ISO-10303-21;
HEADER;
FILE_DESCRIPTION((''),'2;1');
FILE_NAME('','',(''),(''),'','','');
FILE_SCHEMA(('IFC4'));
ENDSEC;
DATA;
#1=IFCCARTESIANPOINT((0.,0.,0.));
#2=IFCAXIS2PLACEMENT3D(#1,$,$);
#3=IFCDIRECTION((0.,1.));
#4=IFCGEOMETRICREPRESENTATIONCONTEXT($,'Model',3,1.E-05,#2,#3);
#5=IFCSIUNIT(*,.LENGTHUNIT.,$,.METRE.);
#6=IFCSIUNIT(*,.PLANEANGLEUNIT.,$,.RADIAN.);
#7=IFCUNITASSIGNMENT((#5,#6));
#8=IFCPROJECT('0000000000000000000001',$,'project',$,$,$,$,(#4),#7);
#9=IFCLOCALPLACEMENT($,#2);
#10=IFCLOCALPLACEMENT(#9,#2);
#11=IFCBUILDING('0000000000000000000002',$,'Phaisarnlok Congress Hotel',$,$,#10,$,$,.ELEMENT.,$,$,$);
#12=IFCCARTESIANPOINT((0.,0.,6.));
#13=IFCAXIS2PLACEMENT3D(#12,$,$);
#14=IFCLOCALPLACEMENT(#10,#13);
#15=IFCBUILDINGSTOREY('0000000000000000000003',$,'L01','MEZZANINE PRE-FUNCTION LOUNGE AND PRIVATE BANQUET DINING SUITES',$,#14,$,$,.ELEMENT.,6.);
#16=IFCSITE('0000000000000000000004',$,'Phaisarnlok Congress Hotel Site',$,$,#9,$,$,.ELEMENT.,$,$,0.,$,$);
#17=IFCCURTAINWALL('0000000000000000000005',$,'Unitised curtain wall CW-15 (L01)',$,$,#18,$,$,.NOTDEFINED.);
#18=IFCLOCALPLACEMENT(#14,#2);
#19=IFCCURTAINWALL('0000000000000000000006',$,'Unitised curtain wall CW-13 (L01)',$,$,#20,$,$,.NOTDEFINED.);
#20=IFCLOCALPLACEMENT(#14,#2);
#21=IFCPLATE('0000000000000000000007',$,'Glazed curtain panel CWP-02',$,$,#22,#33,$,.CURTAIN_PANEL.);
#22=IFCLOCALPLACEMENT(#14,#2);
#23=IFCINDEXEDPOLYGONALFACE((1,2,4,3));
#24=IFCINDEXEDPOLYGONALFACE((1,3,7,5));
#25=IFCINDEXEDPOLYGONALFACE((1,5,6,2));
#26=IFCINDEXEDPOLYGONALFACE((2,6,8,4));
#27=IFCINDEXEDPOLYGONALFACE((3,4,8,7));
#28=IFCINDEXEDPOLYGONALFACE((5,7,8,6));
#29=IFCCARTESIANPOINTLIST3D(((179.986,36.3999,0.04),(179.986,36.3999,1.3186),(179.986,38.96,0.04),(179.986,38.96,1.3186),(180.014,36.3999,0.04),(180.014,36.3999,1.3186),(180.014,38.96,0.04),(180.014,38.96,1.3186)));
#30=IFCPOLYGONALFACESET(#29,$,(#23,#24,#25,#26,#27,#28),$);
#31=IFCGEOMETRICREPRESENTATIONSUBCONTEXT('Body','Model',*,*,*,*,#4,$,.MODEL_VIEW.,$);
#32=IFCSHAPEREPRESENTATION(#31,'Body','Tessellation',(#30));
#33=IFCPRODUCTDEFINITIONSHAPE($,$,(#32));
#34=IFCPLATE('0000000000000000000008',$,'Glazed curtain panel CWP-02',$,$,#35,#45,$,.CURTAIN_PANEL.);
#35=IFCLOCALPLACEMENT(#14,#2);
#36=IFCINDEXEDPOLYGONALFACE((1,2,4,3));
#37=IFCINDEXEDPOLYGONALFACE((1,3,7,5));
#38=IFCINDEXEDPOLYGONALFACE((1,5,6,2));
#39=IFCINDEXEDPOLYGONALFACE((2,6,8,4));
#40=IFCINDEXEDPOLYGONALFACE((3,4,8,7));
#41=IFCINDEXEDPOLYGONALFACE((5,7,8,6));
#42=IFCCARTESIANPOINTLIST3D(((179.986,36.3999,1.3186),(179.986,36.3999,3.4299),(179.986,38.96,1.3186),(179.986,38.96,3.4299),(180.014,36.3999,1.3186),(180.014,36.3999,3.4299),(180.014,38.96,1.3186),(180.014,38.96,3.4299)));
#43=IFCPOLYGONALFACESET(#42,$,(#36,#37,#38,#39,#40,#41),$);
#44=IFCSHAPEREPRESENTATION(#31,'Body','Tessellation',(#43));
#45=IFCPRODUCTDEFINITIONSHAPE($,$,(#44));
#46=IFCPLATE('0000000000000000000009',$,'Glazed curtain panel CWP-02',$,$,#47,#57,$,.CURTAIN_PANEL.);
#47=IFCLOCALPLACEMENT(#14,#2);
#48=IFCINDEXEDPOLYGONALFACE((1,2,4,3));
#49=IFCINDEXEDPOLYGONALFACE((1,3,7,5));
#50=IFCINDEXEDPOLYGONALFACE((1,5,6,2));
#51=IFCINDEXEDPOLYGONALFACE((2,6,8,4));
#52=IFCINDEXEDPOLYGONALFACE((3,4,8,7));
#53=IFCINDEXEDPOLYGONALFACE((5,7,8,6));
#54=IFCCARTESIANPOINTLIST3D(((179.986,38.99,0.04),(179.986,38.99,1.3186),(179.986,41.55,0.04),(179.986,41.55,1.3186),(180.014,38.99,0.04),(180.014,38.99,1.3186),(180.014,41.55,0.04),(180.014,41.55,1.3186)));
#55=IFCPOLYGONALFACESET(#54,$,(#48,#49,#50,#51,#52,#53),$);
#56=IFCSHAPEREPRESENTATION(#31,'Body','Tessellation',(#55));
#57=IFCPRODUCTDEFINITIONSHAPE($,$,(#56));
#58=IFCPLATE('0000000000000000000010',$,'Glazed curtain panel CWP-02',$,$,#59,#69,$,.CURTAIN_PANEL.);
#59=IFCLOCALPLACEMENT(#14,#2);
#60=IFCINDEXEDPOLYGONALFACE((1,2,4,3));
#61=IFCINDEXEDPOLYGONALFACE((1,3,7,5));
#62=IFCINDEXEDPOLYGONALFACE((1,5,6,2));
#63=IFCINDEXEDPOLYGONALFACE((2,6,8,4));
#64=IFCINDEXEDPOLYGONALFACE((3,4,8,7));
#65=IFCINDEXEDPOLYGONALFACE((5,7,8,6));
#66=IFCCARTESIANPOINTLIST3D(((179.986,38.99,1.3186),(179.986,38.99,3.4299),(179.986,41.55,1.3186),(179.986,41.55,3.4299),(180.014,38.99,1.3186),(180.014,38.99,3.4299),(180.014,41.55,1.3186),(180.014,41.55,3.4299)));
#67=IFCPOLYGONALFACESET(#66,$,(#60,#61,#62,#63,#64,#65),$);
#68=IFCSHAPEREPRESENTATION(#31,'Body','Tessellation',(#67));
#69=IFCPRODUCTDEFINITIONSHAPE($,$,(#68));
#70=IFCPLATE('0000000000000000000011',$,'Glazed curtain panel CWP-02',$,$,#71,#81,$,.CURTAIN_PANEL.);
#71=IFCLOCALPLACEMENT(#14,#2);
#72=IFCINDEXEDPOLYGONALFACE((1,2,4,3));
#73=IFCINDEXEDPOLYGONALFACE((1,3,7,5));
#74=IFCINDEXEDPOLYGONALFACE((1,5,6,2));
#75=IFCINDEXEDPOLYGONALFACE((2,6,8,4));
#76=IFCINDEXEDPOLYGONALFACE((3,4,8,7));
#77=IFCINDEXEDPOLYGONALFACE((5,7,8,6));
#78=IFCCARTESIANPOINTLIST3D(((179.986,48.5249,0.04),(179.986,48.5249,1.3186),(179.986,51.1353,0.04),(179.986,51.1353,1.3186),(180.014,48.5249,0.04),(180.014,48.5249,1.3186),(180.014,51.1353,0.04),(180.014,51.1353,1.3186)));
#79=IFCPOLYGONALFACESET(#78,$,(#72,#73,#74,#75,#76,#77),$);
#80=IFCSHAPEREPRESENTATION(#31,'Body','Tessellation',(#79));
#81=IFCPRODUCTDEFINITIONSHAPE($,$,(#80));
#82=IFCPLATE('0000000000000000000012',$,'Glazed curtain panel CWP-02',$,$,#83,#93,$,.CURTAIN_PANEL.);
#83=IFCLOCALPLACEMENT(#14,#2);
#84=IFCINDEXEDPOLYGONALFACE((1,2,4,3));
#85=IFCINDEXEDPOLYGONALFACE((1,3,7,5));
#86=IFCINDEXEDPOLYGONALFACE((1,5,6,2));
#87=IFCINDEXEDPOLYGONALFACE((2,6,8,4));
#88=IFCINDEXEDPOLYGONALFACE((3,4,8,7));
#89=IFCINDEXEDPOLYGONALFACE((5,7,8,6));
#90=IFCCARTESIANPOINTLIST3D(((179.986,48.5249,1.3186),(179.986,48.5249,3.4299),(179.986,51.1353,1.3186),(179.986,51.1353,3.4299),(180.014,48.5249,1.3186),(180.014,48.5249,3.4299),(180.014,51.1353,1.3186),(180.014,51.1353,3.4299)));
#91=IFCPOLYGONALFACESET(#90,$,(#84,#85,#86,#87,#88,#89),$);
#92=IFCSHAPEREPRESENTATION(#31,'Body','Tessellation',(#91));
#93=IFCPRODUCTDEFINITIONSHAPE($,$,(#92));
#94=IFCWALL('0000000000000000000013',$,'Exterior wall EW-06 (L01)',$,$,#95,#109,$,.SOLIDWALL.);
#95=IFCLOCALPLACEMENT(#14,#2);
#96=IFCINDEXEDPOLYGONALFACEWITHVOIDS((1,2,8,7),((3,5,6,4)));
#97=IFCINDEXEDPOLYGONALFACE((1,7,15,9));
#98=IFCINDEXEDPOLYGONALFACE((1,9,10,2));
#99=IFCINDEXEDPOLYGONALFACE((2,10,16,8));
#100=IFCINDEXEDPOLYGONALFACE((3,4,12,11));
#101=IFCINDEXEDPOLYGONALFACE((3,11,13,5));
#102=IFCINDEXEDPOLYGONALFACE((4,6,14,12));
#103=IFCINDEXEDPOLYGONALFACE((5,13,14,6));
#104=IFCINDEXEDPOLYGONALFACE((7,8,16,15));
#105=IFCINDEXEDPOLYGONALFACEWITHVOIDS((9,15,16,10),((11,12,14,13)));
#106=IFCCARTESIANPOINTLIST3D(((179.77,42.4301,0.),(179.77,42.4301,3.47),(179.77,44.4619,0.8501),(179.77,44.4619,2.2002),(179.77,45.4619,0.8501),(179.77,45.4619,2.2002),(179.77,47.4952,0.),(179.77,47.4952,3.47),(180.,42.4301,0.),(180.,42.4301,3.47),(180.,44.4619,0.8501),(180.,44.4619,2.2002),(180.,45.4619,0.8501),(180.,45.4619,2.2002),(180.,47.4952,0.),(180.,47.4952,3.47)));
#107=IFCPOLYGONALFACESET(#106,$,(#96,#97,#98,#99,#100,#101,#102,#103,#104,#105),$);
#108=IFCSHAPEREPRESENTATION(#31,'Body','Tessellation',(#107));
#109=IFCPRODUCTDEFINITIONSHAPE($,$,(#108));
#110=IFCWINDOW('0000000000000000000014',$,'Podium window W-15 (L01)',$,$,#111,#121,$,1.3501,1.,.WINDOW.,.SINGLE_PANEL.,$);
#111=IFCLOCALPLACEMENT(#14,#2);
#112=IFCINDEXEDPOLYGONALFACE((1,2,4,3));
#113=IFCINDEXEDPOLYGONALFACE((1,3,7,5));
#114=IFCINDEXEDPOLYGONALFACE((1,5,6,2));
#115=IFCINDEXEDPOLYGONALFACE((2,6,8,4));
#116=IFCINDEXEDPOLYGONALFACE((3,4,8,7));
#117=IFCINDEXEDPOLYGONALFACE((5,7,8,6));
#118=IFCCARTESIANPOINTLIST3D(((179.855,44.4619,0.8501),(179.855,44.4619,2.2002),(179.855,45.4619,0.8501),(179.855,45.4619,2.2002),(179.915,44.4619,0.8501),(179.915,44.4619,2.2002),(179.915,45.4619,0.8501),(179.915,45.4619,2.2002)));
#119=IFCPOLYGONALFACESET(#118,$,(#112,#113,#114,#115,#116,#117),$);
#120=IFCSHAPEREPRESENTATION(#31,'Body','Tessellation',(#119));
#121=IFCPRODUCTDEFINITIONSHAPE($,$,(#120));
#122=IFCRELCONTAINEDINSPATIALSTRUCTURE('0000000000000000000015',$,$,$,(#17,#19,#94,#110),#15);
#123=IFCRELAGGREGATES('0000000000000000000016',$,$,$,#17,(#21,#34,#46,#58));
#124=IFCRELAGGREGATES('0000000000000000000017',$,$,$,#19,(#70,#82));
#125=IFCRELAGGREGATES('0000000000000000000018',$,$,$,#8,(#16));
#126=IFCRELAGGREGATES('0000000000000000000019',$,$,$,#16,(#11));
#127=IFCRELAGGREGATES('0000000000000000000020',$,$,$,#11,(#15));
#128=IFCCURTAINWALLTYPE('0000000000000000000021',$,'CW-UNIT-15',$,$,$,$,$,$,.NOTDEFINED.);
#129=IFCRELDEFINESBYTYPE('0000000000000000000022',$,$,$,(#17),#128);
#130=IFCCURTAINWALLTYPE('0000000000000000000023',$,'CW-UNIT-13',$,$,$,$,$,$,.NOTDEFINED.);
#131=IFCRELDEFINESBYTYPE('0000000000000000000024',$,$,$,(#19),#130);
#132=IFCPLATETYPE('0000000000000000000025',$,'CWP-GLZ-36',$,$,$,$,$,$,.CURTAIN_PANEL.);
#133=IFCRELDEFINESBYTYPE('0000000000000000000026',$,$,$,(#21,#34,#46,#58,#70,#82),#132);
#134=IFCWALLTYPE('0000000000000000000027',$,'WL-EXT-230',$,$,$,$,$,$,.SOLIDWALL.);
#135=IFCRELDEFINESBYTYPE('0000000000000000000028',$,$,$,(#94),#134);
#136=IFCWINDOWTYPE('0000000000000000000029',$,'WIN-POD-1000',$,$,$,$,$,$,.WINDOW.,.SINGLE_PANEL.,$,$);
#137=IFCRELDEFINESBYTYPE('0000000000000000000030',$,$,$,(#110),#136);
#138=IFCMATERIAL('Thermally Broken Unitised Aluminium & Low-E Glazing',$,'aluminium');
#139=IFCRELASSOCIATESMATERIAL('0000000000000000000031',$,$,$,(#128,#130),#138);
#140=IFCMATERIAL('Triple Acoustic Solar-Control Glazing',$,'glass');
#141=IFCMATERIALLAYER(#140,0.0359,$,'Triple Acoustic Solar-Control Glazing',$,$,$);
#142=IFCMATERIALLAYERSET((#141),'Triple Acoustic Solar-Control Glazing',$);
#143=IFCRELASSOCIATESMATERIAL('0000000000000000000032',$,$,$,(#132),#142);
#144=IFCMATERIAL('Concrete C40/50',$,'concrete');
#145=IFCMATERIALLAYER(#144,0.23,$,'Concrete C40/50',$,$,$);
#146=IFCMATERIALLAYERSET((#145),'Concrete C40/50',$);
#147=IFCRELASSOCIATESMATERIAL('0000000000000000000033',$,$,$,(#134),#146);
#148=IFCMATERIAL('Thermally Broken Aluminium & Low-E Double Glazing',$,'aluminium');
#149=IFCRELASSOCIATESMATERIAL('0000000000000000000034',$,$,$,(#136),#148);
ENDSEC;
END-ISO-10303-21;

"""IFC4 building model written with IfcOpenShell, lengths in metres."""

from ifc_helpers import new_model, si_unit, direction, frame, frame_2d, origin, place, context, subcontext, project, spatial, rectangle, extrude, material, layer, layer_set, type_object, element, fill, aggregate, save


model = new_model("IFC4")

# Units and contexts
model_context = context("Model", 3, precision=1e-05, world=origin(), true_north=direction((0.0, 1.0)))
body_context = subcontext(model_context, "Body", "Model", "MODEL_VIEW")
ifc_project = project(units=[si_unit("LENGTHUNIT", "METRE"), si_unit("PLANEANGLEUNIT", "RADIAN")], contexts=[model_context])

# Site, building, storey
site_placement = place(None, origin())
site = spatial("IfcSite", under=ifc_project, at=site_placement, Name="Phaisarnlok Congress Hotel Site", CompositionType="ELEMENT", RefElevation=0.0)
building_placement = place(site_placement, origin())
building = spatial("IfcBuilding", under=site, at=building_placement, Name="Phaisarnlok Congress Hotel", CompositionType="ELEMENT")
storey_placement = place(building_placement, frame((0.0, 0.0, 6.0)))
storey = spatial("IfcBuildingStorey", under=building, at=storey_placement, Name="L01", Description="MEZZANINE PRE-FUNCTION LOUNGE AND PRIVATE BANQUET DINING SUITES", CompositionType="ELEMENT", Elevation=6.0)

# Shared definitions
ifc_material_1 = material(Name="Concrete C40/50", Category="concrete")

# Curtain wall
ifc_material_2 = material(Name="Thermally Broken Unitised Aluminium & Low-E Glazing", Category="aluminium")
curtain_wall_type_1 = type_object("IfcCurtainWallType", Name="CW-UNIT-15", PredefinedType="NOTDEFINED", material=ifc_material_2)
curtain_wall_1_placement = place(storey_placement, origin())
curtain_wall_1 = element("IfcCurtainWall", 1, at=curtain_wall_1_placement, inside=storey, type_object=curtain_wall_type_1, Name="Unitised curtain wall CW-15 (L01)", PredefinedType="NOTDEFINED")

# Curtain wall
curtain_wall_type_2 = type_object("IfcCurtainWallType", Name="CW-UNIT-13", PredefinedType="NOTDEFINED", material=ifc_material_2)
curtain_wall_2_placement = place(storey_placement, origin())
curtain_wall_2 = element("IfcCurtainWall", 2, at=curtain_wall_2_placement, inside=storey, type_object=curtain_wall_type_2, Name="Unitised curtain wall CW-13 (L01)", PredefinedType="NOTDEFINED")

# Plates
ifc_material_3 = material(Name="Triple Acoustic Solar-Control Glazing", Category="glass")
ifc_layer_1 = layer(ifc_material_3, 0.0359, Name="Triple Acoustic Solar-Control Glazing")
ifc_layer_set_1 = layer_set([ifc_layer_1], Name="Triple Acoustic Solar-Control Glazing")
plate_type = type_object("IfcPlateType", Name="CWP-GLZ-36", PredefinedType="CURTAIN_PANEL", material=ifc_layer_set_1)
plate_1_placement = place(storey_placement, frame((180.0, 36.3999, 0.04), z_axis=(0.0, 0.0, 1.0), x_axis=(0.0, 1.0, 0.0)))
plate_1 = element("IfcPlate", 3, at=plate_1_placement, type_object=plate_type, Name="Glazed curtain panel CWP-02", PredefinedType="CURTAIN_PANEL", context=body_context, shape_type="SweptSolid", body=[
    extrude(rectangle(XDim=2.5601, YDim=0.0281, at=frame_2d((1.28, 0.0))), origin(), (0.0, 0.0, 1.0), 1.2786),
])
plate_2_placement = place(storey_placement, frame((180.0, 36.3999, 1.3186), z_axis=(0.0, 0.0, 1.0), x_axis=(0.0, 1.0, 0.0)))
plate_2 = element("IfcPlate", 4, at=plate_2_placement, type_object=plate_type, Name="Glazed curtain panel CWP-02", PredefinedType="CURTAIN_PANEL", context=body_context, shape_type="SweptSolid", body=[
    extrude(rectangle(XDim=2.5601, YDim=0.0281, at=frame_2d((1.28, 0.0))), origin(), (0.0, 0.0, 1.0), 2.1113),
])
plate_3_placement = place(storey_placement, frame((180.0, 38.99, 0.04), z_axis=(0.0, 0.0, 1.0), x_axis=(0.0, 1.0, 0.0)))
plate_3 = element("IfcPlate", 5, at=plate_3_placement, type_object=plate_type, Name="Glazed curtain panel CWP-02", PredefinedType="CURTAIN_PANEL", context=body_context, shape_type="SweptSolid", body=[
    extrude(rectangle(XDim=2.5601, YDim=0.0281, at=frame_2d((1.28, 0.0))), origin(), (0.0, 0.0, 1.0), 1.2786),
])
plate_4_placement = place(storey_placement, frame((180.0, 38.99, 1.3186), z_axis=(0.0, 0.0, 1.0), x_axis=(0.0, 1.0, 0.0)))
plate_4 = element("IfcPlate", 6, at=plate_4_placement, type_object=plate_type, Name="Glazed curtain panel CWP-02", PredefinedType="CURTAIN_PANEL", context=body_context, shape_type="SweptSolid", body=[
    extrude(rectangle(XDim=2.5601, YDim=0.0281, at=frame_2d((1.28, 0.0))), origin(), (0.0, 0.0, 1.0), 2.1113),
])
aggregate(curtain_wall_1, [plate_1, plate_2, plate_3, plate_4])
plate_5_placement = place(storey_placement, frame((180.0, 48.5249, 0.04), z_axis=(0.0, 0.0, 1.0), x_axis=(0.0, 1.0, 0.0)))
plate_5 = element("IfcPlate", 7, at=plate_5_placement, type_object=plate_type, Name="Glazed curtain panel CWP-02", PredefinedType="CURTAIN_PANEL", context=body_context, shape_type="SweptSolid", body=[
    extrude(rectangle(XDim=2.6104, YDim=0.0281, at=frame_2d((1.3052, 0.0))), origin(), (0.0, 0.0, 1.0), 1.2786),
])
plate_6_placement = place(storey_placement, frame((180.0, 48.5249, 1.3186), z_axis=(0.0, 0.0, 1.0), x_axis=(0.0, 1.0, 0.0)))
plate_6 = element("IfcPlate", 8, at=plate_6_placement, type_object=plate_type, Name="Glazed curtain panel CWP-02", PredefinedType="CURTAIN_PANEL", context=body_context, shape_type="SweptSolid", body=[
    extrude(rectangle(XDim=2.6104, YDim=0.0281, at=frame_2d((1.3052, 0.0))), origin(), (0.0, 0.0, 1.0), 2.1113),
])
aggregate(curtain_wall_2, [plate_5, plate_6])

# Wall, opening, window
ifc_layer_2 = layer(ifc_material_1, 0.23, Name="Concrete C40/50")
ifc_layer_set_2 = layer_set([ifc_layer_2], Name="Concrete C40/50")
wall_type = type_object("IfcWallType", Name="WL-EXT-230", PredefinedType="SOLIDWALL", material=ifc_layer_set_2)
wall_placement = place(storey_placement, frame((179.885, 42.4299, 0.0), z_axis=(0.0, 0.0, 1.0), x_axis=(0.0, 1.0, 0.0)))
wall = element("IfcWall", 9, at=wall_placement, inside=storey, type_object=wall_type, Name="Exterior wall EW-06 (L01)", PredefinedType="SOLIDWALL", context=body_context, shape_type="SweptSolid", body=[
    extrude(rectangle(XDim=5.0652, YDim=0.23, at=frame_2d((2.5327, 0.0))), origin(), (0.0, 0.0, 1.0), 3.47),
])
opening_placement = place(wall_placement, frame((2.032, 0.0, 0.8501)))
opening = element("IfcOpeningElement", 10, at=opening_placement, cuts=wall, PredefinedType="OPENING", context=body_context, shape_type="SweptSolid", body=[
    extrude(rectangle(XDim=1.0, YDim=1.3501, at=frame_2d((0.5, 0.675))), frame((0.0, 0.125, 0.0), z_axis=(0.0, -1.0, 0.0), x_axis=(1.0, 0.0, 0.0)), (0.0, 0.0, 1.0), 0.25),
])
ifc_material_4 = material(Name="Thermally Broken Aluminium & Low-E Double Glazing", Category="aluminium")
window_type = type_object("IfcWindowType", Name="WIN-POD-1000", PartitioningType="SINGLE_PANEL", PredefinedType="WINDOW", material=ifc_material_4)
window_placement = place(opening_placement, origin())
window = element("IfcWindow", 11, at=window_placement, inside=storey, type_object=window_type, Name="Podium window W-15 (L01)", OverallHeight=1.3501, OverallWidth=1.0, PartitioningType="SINGLE_PANEL", PredefinedType="WINDOW", context=body_context, shape_type="SweptSolid", body=[
    extrude(rectangle(XDim=1.0, YDim=1.3501, at=frame_2d((0.5, 0.675))), frame((0.0, 0.03, 0.0), z_axis=(0.0, -1.0, 0.0), x_axis=(1.0, 0.0, 0.0)), (0.0, 0.0, 1.0), 0.0601),
])
fill(opening, window)

save(model, "model.ifc")
